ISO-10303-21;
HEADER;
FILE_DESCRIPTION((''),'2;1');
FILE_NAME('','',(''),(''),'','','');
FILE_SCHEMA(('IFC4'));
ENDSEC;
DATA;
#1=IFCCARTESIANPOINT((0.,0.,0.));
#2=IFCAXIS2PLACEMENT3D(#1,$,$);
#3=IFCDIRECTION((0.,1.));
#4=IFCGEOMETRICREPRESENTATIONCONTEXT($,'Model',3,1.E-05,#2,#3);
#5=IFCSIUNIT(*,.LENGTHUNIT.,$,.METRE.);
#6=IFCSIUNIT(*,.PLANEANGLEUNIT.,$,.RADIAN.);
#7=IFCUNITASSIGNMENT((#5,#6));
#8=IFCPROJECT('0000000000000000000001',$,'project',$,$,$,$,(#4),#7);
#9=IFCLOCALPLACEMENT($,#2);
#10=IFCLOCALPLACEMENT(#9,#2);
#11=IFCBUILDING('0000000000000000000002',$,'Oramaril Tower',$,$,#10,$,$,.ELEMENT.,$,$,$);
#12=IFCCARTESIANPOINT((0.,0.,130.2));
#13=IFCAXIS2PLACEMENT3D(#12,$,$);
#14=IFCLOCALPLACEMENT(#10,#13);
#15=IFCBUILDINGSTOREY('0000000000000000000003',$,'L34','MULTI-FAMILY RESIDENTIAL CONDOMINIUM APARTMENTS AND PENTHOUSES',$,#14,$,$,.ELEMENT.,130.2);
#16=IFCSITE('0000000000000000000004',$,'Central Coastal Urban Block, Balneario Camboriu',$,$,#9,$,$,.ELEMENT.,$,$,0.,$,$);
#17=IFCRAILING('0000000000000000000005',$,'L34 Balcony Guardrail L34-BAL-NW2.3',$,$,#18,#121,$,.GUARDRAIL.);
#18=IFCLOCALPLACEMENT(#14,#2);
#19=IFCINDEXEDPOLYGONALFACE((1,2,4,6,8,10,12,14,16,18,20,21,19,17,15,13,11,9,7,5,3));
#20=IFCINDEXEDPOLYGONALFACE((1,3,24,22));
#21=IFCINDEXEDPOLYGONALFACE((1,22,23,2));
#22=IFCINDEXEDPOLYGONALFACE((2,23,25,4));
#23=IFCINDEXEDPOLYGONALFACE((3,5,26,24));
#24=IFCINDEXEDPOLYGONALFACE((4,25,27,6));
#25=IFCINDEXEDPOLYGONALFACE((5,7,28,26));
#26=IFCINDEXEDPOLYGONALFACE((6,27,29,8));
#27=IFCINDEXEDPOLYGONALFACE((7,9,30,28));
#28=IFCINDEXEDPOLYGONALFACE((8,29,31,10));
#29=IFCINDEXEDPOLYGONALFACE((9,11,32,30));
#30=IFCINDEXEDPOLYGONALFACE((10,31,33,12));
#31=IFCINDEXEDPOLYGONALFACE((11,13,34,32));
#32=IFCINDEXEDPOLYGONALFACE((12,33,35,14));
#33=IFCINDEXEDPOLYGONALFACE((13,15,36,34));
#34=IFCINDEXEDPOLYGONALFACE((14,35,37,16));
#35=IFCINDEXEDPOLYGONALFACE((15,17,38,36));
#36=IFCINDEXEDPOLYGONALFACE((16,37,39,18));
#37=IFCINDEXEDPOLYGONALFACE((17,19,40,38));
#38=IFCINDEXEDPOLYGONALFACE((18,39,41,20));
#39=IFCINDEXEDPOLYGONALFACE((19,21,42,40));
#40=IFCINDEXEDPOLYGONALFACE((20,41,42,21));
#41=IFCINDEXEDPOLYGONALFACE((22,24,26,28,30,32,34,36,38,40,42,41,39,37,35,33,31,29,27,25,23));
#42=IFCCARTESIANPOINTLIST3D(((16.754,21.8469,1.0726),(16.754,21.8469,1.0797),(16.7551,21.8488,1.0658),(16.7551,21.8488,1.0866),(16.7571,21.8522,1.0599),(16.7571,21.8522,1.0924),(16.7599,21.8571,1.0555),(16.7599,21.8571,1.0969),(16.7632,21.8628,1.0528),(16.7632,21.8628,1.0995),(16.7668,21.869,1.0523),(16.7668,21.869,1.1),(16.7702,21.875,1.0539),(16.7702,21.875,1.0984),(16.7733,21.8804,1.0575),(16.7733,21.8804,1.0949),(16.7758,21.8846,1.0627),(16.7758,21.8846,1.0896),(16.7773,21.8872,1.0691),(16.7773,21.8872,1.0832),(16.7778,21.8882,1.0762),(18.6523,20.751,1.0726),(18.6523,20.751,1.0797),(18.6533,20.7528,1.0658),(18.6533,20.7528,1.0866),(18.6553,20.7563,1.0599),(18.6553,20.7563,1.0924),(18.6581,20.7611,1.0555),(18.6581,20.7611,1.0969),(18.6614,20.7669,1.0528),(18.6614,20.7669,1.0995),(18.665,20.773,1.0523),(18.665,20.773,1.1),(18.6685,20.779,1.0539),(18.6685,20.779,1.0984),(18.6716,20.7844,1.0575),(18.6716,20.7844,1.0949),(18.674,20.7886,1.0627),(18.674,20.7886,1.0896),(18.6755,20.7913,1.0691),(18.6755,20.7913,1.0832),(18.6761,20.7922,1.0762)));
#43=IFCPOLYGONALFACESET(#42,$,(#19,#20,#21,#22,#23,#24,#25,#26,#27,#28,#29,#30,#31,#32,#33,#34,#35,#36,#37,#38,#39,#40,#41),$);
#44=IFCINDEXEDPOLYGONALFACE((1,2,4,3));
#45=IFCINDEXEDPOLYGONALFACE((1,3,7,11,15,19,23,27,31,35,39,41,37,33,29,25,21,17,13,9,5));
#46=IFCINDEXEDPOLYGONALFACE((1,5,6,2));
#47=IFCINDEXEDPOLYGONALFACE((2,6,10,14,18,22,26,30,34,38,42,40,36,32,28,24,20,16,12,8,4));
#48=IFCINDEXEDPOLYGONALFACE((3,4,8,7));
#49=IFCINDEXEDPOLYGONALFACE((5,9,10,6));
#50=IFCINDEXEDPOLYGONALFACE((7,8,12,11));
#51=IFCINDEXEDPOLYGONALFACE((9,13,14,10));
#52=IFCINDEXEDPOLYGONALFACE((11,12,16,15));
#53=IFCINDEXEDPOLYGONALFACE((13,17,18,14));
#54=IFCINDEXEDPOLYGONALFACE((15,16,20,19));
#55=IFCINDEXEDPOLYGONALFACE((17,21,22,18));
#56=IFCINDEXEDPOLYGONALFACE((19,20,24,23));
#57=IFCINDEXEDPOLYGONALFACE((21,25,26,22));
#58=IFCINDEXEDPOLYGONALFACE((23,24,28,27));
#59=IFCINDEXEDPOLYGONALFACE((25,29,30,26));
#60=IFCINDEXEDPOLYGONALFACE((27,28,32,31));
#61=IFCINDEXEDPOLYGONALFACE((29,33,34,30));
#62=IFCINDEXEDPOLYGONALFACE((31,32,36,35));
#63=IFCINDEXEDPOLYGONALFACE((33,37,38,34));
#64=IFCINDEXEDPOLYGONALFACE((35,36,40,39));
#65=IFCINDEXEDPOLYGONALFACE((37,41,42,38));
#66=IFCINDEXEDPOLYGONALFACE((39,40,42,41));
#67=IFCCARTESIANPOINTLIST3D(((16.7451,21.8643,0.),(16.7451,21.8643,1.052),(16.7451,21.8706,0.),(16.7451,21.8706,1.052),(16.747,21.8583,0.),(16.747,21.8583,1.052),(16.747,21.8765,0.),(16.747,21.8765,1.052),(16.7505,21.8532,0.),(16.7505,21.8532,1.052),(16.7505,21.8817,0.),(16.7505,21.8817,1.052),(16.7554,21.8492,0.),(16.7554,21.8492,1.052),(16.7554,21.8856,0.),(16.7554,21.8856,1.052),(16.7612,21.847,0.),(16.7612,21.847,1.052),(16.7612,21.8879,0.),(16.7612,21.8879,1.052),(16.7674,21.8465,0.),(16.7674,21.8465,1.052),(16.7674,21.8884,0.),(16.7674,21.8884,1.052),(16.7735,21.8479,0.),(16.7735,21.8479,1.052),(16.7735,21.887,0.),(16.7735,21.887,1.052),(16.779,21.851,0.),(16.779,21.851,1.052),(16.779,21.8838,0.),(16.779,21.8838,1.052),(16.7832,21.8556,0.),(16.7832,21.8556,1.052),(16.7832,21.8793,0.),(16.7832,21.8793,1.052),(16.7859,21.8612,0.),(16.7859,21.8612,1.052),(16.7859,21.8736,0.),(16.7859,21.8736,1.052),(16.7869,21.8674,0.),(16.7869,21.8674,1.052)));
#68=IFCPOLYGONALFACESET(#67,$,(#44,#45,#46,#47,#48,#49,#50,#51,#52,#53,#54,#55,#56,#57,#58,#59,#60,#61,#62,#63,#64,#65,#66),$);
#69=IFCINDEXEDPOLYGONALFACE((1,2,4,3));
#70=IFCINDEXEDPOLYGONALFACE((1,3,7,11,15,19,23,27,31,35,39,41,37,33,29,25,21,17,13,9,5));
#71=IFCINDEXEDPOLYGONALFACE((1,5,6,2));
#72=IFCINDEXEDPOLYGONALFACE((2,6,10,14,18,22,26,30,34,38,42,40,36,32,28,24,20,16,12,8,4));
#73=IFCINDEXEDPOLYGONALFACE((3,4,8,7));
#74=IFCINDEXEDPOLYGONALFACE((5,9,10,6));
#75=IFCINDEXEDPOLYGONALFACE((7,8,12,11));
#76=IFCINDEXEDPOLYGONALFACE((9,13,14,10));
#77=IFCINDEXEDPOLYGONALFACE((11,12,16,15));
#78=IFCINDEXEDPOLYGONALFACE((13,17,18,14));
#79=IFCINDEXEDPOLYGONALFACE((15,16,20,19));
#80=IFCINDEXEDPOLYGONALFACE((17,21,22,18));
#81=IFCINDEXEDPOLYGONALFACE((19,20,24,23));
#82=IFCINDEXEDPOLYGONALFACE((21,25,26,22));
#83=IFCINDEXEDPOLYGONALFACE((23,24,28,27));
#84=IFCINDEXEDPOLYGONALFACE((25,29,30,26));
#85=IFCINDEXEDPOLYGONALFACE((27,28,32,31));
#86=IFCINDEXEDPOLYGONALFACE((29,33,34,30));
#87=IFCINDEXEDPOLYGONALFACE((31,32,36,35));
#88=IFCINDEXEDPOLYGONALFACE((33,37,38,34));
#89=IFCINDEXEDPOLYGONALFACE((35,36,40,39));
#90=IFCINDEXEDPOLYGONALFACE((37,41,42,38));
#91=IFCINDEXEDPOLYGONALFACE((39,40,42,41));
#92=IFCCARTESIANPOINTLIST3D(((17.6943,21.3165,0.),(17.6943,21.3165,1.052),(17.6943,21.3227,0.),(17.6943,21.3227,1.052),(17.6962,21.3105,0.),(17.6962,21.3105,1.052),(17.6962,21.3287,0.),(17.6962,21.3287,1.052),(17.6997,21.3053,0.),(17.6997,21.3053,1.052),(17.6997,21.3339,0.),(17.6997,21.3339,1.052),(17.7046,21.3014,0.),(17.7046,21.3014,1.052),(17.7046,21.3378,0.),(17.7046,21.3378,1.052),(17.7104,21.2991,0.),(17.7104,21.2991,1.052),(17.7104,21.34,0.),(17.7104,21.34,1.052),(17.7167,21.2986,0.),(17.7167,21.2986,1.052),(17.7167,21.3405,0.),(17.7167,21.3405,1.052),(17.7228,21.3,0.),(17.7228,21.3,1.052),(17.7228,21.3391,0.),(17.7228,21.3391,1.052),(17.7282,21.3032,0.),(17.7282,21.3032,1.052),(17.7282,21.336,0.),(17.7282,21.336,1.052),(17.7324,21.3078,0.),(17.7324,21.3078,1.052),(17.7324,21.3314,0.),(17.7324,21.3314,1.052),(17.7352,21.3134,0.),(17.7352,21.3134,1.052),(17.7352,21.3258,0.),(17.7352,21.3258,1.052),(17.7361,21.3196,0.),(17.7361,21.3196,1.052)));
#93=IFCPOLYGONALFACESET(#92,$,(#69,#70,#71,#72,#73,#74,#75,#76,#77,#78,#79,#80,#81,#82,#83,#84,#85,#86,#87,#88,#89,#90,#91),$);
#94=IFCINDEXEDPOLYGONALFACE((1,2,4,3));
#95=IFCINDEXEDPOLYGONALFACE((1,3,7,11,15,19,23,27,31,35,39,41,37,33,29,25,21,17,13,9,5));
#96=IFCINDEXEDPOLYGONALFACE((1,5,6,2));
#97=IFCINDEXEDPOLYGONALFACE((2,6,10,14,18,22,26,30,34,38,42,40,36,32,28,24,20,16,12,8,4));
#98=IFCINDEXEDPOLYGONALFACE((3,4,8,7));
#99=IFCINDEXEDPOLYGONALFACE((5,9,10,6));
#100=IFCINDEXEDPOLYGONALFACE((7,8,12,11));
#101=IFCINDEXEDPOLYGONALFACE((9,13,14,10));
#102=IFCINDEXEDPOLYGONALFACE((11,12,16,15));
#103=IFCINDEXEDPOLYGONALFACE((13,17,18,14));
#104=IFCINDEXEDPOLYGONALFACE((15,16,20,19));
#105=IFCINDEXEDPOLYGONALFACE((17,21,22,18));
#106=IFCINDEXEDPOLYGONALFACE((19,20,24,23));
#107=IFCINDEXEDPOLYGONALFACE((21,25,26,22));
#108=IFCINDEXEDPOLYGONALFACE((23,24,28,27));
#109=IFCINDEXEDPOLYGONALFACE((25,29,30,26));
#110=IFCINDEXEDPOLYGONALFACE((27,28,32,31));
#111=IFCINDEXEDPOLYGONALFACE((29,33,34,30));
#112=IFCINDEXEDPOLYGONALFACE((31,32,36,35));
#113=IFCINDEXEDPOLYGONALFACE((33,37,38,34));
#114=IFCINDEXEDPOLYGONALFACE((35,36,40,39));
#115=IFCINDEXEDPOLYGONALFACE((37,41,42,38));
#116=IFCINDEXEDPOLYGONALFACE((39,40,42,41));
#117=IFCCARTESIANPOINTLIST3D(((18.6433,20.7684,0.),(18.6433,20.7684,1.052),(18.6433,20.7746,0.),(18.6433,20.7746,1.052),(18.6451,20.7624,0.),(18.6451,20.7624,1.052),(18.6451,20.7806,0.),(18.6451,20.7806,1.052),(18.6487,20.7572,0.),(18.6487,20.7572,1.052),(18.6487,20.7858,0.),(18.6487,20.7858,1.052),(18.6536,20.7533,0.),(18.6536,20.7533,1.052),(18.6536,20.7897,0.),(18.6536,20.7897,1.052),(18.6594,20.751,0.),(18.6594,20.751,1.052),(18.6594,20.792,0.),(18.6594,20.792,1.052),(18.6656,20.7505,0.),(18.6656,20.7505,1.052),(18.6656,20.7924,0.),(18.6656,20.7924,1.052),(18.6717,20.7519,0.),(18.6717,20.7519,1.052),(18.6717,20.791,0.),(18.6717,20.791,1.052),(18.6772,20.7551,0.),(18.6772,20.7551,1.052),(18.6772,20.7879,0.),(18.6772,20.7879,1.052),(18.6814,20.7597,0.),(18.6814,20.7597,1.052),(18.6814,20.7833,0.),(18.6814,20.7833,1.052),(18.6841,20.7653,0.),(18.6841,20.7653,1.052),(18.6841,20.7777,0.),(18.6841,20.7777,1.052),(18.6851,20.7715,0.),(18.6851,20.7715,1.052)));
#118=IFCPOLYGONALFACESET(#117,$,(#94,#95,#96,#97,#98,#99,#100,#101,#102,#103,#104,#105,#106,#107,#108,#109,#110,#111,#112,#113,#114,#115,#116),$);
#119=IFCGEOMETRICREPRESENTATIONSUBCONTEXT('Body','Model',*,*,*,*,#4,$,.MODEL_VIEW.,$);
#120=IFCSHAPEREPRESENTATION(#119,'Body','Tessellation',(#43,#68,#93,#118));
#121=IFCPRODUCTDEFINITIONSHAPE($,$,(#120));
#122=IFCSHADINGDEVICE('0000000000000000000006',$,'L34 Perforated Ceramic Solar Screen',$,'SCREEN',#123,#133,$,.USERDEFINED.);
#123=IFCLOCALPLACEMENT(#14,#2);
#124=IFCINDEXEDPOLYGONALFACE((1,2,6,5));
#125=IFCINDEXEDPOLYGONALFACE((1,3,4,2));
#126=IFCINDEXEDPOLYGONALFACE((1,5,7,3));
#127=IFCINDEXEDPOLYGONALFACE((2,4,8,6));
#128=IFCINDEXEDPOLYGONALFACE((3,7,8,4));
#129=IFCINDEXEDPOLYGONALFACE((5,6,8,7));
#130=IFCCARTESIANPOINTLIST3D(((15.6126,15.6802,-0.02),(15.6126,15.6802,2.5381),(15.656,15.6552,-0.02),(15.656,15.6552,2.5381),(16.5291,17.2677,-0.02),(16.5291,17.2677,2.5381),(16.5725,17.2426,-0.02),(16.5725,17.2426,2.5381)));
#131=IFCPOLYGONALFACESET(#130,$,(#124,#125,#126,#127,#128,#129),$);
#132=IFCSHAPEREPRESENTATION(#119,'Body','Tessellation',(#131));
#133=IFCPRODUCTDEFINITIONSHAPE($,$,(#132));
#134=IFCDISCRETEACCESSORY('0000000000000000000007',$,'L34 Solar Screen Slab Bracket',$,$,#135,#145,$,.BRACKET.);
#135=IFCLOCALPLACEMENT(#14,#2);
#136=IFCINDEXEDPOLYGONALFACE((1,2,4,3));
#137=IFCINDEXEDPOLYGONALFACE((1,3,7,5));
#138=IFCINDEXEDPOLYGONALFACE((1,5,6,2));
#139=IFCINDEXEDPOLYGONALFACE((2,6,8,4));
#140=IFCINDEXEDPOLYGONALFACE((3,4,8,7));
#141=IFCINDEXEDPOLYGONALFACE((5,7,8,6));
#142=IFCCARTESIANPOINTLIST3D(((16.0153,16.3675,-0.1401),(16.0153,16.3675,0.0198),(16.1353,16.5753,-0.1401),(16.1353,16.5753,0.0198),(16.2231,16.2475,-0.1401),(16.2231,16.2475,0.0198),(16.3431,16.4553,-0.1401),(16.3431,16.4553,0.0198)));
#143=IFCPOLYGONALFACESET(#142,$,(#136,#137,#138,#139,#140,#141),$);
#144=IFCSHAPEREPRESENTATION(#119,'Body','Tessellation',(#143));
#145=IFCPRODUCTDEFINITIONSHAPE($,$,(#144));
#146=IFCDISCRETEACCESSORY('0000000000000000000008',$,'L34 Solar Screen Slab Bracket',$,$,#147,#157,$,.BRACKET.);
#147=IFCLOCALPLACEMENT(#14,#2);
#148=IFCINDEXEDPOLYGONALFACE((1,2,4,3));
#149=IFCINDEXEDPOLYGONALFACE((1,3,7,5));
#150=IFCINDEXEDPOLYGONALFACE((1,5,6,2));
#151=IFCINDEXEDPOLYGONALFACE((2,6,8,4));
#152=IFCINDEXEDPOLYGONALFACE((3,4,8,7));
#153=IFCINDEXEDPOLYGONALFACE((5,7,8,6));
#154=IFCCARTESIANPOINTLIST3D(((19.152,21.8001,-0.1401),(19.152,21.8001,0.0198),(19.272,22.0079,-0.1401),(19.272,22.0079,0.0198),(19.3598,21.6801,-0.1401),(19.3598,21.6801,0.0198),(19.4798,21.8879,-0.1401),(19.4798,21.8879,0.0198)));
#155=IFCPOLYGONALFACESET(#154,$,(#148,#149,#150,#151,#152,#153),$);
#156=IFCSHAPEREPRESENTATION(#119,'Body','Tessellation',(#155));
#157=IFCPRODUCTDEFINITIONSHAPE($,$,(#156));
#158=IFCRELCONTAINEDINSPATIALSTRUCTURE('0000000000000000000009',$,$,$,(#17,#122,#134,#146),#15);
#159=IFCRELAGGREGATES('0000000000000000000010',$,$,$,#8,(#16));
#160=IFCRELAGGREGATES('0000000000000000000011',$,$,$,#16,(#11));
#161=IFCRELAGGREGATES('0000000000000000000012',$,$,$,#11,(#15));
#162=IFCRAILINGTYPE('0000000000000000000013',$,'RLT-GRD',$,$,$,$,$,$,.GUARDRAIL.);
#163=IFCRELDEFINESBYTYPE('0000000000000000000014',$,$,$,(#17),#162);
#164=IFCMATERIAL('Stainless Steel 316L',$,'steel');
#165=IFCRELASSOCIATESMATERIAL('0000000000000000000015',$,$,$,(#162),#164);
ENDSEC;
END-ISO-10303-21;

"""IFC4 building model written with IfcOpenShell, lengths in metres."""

from ifc_helpers import new_model, si_unit, direction, frame, origin, origin_2d, place, context, subcontext, project, spatial, rectangle, circle, extrude, material, type_object, element, save


model = new_model("IFC4")

# Units and contexts
model_context = context("Model", 3, precision=1e-05, world=origin(), true_north=direction((0.0, 1.0)))
body_context = subcontext(model_context, "Body", "Model", "MODEL_VIEW")
ifc_project = project(units=[si_unit("LENGTHUNIT", "METRE"), si_unit("PLANEANGLEUNIT", "RADIAN")], contexts=[model_context])

# Site, building, storey
site_placement = place(None, origin())
site = spatial("IfcSite", under=ifc_project, at=site_placement, Name="Central Coastal Urban Block, Balneario Camboriu", CompositionType="ELEMENT", RefElevation=0.0)
building_placement = place(site_placement, origin())
building = spatial("IfcBuilding", under=site, at=building_placement, Name="Oramaril Tower", CompositionType="ELEMENT")
storey_placement = place(building_placement, frame((0.0, 0.0, 130.2)))
storey = spatial("IfcBuildingStorey", under=building, at=storey_placement, Name="L34", Description="MULTI-FAMILY RESIDENTIAL CONDOMINIUM APARTMENTS AND PENTHOUSES", CompositionType="ELEMENT", Elevation=130.2)

# Railing
ifc_material_1 = material(Name="Stainless Steel 316L", Category="steel")
railing_type = type_object("IfcRailingType", Name="RLT-GRD", PredefinedType="GUARDRAIL", material=ifc_material_1)
railing_1_placement = place(storey_placement, frame((16.7659, 21.8674, 0.0)))
element("IfcRailing", 1, at=railing_1_placement, inside=storey, type_object=railing_type, Name="L34 Balcony Guardrail L34-BAL-NW2.3", PredefinedType="GUARDRAIL", context=body_context, shape_type="SweptSolid", body=[
    extrude(circle(Radius=0.0239, at=origin_2d()), frame((0.0, 0.0, 1.0762), z_axis=(0.866021, -0.500008, 0.0), x_axis=(0.500008, 0.866021, 0.0)), (0.0, 0.0, 1.0), 2.1919),
    extrude(circle(Radius=0.021, at=origin_2d()), origin(), (0.0, 0.0, 1.0), 1.052),
    extrude(circle(Radius=0.021, at=origin_2d()), frame((0.9492, -0.5479, 0.0)), (0.0, 0.0, 1.0), 1.052),
    extrude(circle(Radius=0.021, at=origin_2d()), frame((1.8982, -1.0959, 0.0)), (0.0, 0.0, 1.0), 1.052),
])

# Shading device
shading_device_placement = place(storey_placement, frame((16.0925, 16.4614, -0.02), z_axis=(0.0, 0.0, 1.0), x_axis=(-0.499998, -0.866026, 0.0)))
element("IfcShadingDevice", 2, at=shading_device_placement, inside=storey, Name="L34 Perforated Ceramic Solar Screen", ObjectType="SCREEN", PredefinedType="USERDEFINED", context=body_context, shape_type="SweptSolid", body=[
    extrude(rectangle(XDim=1.833, YDim=0.05, at=origin_2d()), origin(), (0.0, 0.0, 1.0), 2.5581),
])

# Discrete accessories
for number, where, z_axis, x_axis, name in (
    (3, (16.1792, 16.4114, -0.1401), (0.0, 0.0, 1.0), (-0.499998, -0.866026, 0.0), "L34 Solar Screen Slab Bracket"),
    (4, (19.3159, 21.844, -0.1401), (0.0, 0.0, 1.0), (-0.499998, -0.866026, 0.0), "L34 Solar Screen Slab Bracket"),
):
    element("IfcDiscreteAccessory", number, at=place(storey_placement, frame(where, z_axis=z_axis, x_axis=x_axis)), inside=storey, Name=name, PredefinedType="BRACKET", context=body_context, shape_type="SweptSolid", body=[
        extrude(rectangle(XDim=0.24, YDim=0.24, at=origin_2d()), origin(), (0.0, 0.0, 1.0), 0.1599),
    ])

save(model, "model.ifc")
